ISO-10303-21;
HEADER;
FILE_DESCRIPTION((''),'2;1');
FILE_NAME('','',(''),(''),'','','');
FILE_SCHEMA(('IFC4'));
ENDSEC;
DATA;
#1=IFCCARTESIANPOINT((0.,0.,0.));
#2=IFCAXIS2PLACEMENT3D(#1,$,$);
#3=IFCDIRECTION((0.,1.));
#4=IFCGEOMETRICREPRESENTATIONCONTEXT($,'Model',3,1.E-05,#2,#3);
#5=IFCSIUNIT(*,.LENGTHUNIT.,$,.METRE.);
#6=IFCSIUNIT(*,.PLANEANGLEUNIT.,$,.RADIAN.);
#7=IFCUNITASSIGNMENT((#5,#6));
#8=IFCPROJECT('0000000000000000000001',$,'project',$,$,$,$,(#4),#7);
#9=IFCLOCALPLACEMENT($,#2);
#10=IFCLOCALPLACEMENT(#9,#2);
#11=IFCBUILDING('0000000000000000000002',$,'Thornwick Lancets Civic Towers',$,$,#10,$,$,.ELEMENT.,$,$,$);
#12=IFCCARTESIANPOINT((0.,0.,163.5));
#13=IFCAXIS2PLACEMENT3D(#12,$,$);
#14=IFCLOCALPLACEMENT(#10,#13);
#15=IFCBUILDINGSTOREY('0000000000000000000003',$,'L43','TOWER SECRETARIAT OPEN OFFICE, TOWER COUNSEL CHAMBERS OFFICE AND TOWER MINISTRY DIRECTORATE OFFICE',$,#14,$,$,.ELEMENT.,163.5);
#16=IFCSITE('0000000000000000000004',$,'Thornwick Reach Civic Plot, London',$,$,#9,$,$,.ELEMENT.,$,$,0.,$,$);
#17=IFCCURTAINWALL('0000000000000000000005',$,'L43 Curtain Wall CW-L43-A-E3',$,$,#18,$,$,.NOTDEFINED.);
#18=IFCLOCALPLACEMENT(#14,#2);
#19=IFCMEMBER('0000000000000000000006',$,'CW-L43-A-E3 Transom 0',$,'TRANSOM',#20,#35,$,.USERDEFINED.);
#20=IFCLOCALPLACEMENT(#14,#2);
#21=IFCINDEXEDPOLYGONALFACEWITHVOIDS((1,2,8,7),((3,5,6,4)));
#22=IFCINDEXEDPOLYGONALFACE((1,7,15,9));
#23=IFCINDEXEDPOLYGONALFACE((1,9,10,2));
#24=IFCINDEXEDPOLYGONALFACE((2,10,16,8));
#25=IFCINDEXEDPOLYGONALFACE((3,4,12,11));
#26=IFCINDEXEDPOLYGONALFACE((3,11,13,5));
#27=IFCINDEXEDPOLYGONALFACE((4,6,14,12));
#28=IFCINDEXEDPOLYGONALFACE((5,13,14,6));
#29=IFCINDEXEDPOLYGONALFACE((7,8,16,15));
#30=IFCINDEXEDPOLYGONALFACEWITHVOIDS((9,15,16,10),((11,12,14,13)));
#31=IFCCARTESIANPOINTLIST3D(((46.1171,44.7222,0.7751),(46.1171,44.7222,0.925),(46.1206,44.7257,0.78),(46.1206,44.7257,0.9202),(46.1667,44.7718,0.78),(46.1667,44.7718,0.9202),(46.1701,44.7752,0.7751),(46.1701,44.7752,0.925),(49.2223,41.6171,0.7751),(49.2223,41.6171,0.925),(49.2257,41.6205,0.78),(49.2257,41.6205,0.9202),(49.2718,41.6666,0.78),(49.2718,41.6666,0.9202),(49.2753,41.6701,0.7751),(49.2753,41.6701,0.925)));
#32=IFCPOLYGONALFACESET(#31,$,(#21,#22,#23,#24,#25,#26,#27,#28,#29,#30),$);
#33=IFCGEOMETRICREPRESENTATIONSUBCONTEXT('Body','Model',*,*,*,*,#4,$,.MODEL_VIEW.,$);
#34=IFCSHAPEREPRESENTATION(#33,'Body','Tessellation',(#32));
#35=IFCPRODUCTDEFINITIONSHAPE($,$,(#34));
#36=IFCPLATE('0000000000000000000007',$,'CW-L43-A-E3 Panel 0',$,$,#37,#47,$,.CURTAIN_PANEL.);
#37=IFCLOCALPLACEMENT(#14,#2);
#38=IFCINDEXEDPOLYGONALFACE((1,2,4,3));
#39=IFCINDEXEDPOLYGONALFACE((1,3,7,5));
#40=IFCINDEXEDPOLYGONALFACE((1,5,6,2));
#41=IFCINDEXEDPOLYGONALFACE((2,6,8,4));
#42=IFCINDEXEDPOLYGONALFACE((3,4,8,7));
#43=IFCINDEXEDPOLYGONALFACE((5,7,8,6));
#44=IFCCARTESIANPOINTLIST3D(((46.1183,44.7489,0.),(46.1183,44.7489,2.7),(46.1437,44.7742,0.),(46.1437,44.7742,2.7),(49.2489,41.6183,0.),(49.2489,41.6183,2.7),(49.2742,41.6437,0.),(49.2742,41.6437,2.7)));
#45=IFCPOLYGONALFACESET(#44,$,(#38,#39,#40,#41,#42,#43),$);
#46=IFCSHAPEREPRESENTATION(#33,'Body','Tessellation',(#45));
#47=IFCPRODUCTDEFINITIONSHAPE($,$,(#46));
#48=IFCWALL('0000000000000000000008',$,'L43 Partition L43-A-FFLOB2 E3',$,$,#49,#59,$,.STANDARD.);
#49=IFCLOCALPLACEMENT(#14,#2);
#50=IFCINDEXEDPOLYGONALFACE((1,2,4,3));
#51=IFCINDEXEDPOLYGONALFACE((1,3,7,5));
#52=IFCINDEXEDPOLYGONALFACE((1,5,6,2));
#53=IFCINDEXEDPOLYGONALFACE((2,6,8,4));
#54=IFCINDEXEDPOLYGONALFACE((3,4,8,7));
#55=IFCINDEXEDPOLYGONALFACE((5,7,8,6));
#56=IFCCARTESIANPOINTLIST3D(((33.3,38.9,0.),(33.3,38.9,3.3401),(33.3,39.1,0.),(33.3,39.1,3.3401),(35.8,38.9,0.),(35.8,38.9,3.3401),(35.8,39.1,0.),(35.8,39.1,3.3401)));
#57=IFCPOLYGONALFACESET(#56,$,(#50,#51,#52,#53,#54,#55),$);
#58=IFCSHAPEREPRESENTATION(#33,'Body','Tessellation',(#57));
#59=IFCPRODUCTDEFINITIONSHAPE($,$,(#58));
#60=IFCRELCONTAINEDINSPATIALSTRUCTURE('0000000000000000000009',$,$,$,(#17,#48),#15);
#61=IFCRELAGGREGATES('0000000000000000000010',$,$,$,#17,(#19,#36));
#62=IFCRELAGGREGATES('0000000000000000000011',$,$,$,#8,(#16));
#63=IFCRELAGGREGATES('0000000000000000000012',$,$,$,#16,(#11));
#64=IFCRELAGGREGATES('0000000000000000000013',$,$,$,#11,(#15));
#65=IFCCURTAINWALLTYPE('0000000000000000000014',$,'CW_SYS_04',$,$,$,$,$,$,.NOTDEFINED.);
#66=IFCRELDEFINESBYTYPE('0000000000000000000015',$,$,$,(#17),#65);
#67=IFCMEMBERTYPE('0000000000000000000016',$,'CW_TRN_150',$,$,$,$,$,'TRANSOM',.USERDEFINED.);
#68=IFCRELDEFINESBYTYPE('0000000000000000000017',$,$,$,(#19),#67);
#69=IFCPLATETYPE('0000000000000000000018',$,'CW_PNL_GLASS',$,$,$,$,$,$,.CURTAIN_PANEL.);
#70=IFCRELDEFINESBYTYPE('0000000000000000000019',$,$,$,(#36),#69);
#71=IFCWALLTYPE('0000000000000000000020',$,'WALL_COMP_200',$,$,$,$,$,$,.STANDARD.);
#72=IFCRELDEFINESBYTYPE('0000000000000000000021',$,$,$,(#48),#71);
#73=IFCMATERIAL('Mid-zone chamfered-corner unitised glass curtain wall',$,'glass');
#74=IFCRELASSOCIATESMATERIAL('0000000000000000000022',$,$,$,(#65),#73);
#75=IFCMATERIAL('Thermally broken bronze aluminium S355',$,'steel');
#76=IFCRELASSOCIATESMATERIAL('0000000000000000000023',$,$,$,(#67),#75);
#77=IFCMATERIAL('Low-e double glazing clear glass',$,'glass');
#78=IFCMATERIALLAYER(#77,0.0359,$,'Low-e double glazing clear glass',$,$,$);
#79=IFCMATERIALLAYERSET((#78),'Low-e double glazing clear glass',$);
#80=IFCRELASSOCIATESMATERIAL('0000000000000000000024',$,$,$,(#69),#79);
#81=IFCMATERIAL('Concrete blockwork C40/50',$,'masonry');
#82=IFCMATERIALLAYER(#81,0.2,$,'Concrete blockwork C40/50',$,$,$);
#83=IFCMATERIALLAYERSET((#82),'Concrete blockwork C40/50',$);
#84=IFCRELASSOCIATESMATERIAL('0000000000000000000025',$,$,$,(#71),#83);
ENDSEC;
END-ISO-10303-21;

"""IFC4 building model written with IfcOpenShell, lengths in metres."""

from ifc_helpers import new_model, si_unit, direction, frame, frame_2d, origin, origin_2d, place, context, subcontext, project, spatial, rectangle, hollow_rectangle, extrude, material, layer, layer_set, material_profile, profile_set, type_object, element, aggregate, save


model = new_model("IFC4")

# Units and contexts
model_context = context("Model", 3, precision=1e-05, world=origin(), true_north=direction((0.0, 1.0)))
body_context = subcontext(model_context, "Body", "Model", "MODEL_VIEW")
ifc_project = project(units=[si_unit("LENGTHUNIT", "METRE"), si_unit("PLANEANGLEUNIT", "RADIAN")], contexts=[model_context])

# Site, building, storey
site_placement = place(None, origin())
site = spatial("IfcSite", under=ifc_project, at=site_placement, Name="Thornwick Reach Civic Plot, London", CompositionType="ELEMENT", RefElevation=0.0)
building_placement = place(site_placement, origin())
building = spatial("IfcBuilding", under=site, at=building_placement, Name="Thornwick Lancets Civic Towers", CompositionType="ELEMENT")
storey_placement = place(building_placement, frame((0.0, 0.0, 163.5)))
storey = spatial("IfcBuildingStorey", under=building, at=storey_placement, Name="L43", Description="TOWER SECRETARIAT OPEN OFFICE, TOWER COUNSEL CHAMBERS OFFICE AND TOWER MINISTRY DIRECTORATE OFFICE", CompositionType="ELEMENT", Elevation=163.5)

# Curtain wall, member, plate
ifc_material_1 = material(Name="Mid-zone chamfered-corner unitised glass curtain wall", Category="glass")
curtain_wall_type = type_object("IfcCurtainWallType", Name="CW_SYS_04", PredefinedType="NOTDEFINED", material=ifc_material_1)
curtain_wall_placement = place(storey_placement, origin())
curtain_wall = element("IfcCurtainWall", 1, at=curtain_wall_placement, inside=storey, type_object=curtain_wall_type, Name="L43 Curtain Wall CW-L43-A-E3", PredefinedType="NOTDEFINED")
ifc_material_2 = material(Name="Thermally broken bronze aluminium S355", Category="steel")
ifc_material_profile_1 = material_profile(ifc_material_2, hollow_rectangle(XDim=0.075, YDim=0.1499, WallThickness=0.0049, at=origin_2d()), Name="RHS 150x75x5")
ifc_profile_set_1 = profile_set([ifc_material_profile_1], Name="Thermally broken bronze aluminium S355")
member_type_1 = type_object("IfcMemberType", Name="CW_TRN_150", ElementType="TRANSOM", PredefinedType="USERDEFINED", material=ifc_profile_set_1)
member_1_placement = place(storey_placement, frame((49.2488, 41.6436, 0.8501), z_axis=(-0.707107, 0.707107, 0.0), x_axis=(-0.707107, -0.707107, 0.0)))
member_1 = element("IfcMember", 2, at=member_1_placement, type_object=member_type_1, Name="CW-L43-A-E3 Transom 0", ObjectType="TRANSOM", PredefinedType="USERDEFINED", context=body_context, shape_type="SweptSolid", body=[
    extrude(hollow_rectangle(XDim=0.075, YDim=0.1499, WallThickness=0.0049, at=origin_2d()), origin(), (0.0, 0.0, 1.0), 4.3914),
])
ifc_material_3 = material(Name="Low-e double glazing clear glass", Category="glass")
ifc_layer_1 = layer(ifc_material_3, 0.0359, Name="Low-e double glazing clear glass")
ifc_layer_set_1 = layer_set([ifc_layer_1], Name="Low-e double glazing clear glass")
plate_type = type_object("IfcPlateType", Name="CW_PNL_GLASS", PredefinedType="CURTAIN_PANEL", material=ifc_layer_set_1)
plate_placement = place(storey_placement, frame((47.6963, 43.1963, 0.0), z_axis=(0.0, 0.0, 1.0), x_axis=(-0.707107, 0.707107, 0.0)))
plate = element("IfcPlate", 3, at=plate_placement, type_object=plate_type, Name="CW-L43-A-E3 Panel 0", PredefinedType="CURTAIN_PANEL", context=body_context, shape_type="SweptSolid", body=[
    extrude(rectangle(XDim=4.4272, YDim=0.0359, at=origin_2d()), origin(), (0.0, 0.0, 1.0), 2.7),
])
aggregate(curtain_wall, [member_1, plate])

# Wall
ifc_material_4 = material(Name="Concrete blockwork C40/50", Category="masonry")
ifc_layer_2 = layer(ifc_material_4, 0.2, Name="Concrete blockwork C40/50")
ifc_layer_set_2 = layer_set([ifc_layer_2], Name="Concrete blockwork C40/50")
wall_type_1 = type_object("IfcWallType", Name="WALL_COMP_200", PredefinedType="STANDARD", material=ifc_layer_set_2)
wall_1_placement = place(storey_placement, frame((35.8, 39.0, 0.0), z_axis=(0.0, 0.0, 1.0), x_axis=(-1.0, 0.0, 0.0)))
element("IfcWall", 4, at=wall_1_placement, inside=storey, type_object=wall_type_1, Name="L43 Partition L43-A-FFLOB2 E3", PredefinedType="STANDARD", context=body_context, shape_type="SweptSolid", body=[
    extrude(rectangle(XDim=2.5, YDim=0.2, at=frame_2d((1.25, 0.0))), origin(), (0.0, 0.0, 1.0), 3.3401),
])

save(model, "model.ifc")
